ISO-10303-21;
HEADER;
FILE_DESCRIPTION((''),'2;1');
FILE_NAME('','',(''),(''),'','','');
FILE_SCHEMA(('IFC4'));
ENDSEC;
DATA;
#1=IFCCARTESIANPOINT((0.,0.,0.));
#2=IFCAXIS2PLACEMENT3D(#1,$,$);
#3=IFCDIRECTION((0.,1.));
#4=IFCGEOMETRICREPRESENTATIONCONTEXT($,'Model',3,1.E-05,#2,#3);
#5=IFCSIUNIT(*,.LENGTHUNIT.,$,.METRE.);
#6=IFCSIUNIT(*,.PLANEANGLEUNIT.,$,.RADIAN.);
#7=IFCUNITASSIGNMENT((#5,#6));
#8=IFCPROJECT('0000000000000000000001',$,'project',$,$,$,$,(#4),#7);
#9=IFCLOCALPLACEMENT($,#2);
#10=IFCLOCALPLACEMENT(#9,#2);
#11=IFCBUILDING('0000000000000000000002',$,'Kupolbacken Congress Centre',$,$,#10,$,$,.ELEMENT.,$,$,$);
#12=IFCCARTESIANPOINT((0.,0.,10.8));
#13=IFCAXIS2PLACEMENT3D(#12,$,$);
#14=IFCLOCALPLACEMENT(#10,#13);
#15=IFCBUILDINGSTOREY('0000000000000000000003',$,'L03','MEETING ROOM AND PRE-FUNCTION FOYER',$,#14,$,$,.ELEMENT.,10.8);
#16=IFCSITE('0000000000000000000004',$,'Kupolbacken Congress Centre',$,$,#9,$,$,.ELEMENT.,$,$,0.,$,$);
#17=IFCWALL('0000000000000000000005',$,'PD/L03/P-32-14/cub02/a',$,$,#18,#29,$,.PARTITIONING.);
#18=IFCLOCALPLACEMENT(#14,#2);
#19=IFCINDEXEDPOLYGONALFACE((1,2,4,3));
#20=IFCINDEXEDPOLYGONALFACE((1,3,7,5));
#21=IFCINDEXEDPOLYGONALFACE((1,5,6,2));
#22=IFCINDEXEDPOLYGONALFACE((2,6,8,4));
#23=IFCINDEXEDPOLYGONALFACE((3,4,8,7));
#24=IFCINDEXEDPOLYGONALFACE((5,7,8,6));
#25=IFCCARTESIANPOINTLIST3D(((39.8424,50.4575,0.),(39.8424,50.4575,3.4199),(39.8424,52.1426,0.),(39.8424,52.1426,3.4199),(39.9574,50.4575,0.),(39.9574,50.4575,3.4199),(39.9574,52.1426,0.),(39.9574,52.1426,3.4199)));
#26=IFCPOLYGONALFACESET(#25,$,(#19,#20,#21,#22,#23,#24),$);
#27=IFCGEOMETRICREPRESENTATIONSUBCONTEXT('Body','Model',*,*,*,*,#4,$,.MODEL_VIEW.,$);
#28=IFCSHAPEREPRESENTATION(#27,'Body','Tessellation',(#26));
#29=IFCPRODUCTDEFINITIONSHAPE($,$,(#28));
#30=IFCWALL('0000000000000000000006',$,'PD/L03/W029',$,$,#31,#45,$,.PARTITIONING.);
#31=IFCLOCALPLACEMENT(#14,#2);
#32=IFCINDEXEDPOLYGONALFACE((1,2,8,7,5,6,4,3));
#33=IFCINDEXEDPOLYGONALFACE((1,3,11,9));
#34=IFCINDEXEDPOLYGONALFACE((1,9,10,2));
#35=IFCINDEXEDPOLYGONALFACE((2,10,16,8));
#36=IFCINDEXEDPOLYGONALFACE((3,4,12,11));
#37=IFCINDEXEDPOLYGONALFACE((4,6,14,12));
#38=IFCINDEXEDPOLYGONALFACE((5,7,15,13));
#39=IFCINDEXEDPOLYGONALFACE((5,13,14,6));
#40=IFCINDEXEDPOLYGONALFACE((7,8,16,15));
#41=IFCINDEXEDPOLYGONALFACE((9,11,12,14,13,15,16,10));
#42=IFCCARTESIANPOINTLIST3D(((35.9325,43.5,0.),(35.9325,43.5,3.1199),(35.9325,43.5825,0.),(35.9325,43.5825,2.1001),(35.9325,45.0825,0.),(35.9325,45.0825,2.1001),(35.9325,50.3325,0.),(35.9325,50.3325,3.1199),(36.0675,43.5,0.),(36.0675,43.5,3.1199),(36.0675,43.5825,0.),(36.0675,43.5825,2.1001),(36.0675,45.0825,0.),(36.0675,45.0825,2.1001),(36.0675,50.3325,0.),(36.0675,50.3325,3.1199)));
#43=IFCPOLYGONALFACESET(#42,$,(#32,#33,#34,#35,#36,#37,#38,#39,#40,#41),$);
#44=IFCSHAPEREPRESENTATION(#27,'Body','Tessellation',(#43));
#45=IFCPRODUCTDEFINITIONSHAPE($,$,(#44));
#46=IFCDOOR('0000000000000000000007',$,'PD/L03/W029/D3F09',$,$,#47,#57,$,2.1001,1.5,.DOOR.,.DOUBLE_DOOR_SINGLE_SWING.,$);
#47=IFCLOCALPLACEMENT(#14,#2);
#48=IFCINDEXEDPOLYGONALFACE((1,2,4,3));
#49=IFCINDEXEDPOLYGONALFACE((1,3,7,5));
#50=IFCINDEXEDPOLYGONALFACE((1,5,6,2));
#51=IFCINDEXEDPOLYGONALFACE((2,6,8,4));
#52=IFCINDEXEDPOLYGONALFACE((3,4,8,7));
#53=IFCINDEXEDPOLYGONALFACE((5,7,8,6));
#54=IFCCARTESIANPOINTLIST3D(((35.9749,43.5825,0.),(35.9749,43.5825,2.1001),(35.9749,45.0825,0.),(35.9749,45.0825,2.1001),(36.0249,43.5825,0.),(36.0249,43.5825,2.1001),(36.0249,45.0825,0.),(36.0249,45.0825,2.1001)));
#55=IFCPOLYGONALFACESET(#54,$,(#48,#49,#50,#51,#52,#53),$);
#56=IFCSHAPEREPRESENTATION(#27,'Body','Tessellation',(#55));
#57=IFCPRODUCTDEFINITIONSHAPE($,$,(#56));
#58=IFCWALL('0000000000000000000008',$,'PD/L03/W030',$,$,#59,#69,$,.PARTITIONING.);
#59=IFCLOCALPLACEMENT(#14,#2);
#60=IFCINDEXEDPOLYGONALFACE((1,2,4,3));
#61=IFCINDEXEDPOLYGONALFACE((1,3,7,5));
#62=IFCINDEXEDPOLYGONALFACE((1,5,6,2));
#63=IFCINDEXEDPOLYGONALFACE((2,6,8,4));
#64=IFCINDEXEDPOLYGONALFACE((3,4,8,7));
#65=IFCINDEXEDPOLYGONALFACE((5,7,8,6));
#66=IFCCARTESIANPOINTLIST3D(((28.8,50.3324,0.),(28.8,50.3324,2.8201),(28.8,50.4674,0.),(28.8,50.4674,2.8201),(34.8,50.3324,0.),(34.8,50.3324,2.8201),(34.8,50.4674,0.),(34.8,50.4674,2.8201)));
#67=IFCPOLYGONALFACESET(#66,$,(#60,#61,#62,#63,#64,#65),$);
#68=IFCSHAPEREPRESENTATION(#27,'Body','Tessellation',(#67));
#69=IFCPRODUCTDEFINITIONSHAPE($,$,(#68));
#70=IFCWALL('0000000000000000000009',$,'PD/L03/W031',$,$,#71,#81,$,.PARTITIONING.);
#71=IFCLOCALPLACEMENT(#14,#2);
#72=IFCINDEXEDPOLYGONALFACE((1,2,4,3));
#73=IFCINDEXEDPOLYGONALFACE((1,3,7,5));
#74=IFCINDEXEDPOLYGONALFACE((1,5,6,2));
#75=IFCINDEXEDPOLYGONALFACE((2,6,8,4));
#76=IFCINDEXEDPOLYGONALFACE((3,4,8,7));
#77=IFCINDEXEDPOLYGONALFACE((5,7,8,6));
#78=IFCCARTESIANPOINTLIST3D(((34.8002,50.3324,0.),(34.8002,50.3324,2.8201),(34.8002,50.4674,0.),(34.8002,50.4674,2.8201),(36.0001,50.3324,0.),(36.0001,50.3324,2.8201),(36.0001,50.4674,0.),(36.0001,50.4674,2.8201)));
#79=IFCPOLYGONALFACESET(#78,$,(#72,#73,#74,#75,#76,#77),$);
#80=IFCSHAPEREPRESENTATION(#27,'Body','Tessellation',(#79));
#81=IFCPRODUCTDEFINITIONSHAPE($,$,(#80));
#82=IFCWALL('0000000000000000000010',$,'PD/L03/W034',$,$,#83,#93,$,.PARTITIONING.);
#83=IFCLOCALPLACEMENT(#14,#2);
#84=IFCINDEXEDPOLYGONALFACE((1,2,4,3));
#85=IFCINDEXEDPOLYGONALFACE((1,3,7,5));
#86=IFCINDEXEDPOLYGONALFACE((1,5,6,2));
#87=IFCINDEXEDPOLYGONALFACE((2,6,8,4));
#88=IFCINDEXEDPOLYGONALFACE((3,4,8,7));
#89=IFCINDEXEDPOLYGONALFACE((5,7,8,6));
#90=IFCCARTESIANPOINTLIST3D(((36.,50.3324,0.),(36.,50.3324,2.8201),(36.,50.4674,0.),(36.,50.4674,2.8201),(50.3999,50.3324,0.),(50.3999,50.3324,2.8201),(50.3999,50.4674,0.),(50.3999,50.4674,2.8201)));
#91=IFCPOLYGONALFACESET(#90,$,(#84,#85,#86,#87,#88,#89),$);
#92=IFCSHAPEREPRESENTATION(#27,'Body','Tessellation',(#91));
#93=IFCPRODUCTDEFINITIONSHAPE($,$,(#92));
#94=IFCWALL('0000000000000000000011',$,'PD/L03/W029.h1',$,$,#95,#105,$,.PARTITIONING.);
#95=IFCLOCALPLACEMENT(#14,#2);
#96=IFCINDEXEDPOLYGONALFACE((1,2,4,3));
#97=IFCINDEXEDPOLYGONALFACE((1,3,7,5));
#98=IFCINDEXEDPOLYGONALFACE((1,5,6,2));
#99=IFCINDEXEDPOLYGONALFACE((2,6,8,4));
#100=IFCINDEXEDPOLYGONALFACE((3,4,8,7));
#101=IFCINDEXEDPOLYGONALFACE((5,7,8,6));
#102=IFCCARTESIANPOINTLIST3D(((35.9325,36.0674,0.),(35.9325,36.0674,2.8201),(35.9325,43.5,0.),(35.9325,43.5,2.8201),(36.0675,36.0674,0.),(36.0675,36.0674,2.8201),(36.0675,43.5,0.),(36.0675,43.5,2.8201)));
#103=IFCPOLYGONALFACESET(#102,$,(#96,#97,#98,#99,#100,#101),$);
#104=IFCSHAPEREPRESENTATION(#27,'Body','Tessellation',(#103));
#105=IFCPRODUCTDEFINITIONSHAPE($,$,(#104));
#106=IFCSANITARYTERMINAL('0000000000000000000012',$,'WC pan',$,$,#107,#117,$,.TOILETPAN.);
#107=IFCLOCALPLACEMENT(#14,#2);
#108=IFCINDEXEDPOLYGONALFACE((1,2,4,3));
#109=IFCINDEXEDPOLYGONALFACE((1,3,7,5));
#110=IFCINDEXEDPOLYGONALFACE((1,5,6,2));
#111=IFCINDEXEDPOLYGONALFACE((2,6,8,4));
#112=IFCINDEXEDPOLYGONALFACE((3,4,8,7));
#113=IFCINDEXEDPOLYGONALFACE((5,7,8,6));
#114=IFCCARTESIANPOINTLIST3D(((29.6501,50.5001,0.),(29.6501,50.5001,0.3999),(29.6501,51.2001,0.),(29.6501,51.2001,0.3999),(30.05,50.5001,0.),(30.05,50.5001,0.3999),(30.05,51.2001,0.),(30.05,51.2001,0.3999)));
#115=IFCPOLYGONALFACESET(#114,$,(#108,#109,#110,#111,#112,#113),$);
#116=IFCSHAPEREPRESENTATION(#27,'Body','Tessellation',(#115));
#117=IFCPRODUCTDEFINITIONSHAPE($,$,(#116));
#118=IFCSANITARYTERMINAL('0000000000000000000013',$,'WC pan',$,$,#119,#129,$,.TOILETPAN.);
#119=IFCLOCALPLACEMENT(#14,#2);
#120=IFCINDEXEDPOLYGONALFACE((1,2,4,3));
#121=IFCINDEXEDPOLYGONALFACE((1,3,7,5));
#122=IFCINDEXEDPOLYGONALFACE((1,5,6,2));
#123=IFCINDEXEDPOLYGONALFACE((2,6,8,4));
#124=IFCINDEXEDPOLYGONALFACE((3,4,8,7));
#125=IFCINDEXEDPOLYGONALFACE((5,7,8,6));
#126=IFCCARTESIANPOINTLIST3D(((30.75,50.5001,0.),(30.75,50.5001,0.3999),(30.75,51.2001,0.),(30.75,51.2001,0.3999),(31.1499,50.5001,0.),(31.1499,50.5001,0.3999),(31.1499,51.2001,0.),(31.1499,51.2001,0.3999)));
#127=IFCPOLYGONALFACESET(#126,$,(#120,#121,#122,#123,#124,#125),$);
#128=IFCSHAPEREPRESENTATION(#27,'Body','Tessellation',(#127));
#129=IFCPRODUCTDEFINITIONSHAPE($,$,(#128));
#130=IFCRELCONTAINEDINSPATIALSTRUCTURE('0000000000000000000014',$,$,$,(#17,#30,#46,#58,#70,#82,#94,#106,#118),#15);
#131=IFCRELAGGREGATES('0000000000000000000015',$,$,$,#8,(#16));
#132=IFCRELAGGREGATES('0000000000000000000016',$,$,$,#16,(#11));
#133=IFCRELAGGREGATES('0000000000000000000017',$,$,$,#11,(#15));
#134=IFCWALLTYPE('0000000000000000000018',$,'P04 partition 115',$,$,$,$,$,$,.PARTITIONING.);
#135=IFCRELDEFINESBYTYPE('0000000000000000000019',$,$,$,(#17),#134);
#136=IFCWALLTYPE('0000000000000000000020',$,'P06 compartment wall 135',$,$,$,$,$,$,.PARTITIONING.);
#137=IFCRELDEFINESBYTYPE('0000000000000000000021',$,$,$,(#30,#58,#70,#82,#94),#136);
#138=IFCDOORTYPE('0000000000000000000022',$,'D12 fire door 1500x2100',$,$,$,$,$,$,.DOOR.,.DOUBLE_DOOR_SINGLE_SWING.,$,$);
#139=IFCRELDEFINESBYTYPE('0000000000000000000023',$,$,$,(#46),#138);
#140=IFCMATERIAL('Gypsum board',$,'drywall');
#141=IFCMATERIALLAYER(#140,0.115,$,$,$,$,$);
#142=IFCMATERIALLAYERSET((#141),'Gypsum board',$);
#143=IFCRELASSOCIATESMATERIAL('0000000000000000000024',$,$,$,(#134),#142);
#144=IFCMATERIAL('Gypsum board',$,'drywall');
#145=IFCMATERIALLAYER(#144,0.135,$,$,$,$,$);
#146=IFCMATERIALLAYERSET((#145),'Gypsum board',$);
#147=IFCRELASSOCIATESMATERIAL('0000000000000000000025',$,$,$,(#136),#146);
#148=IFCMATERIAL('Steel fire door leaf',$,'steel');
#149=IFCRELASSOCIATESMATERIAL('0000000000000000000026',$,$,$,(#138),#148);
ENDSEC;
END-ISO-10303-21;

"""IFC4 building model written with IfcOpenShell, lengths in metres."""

from ifc_helpers import new_model, si_unit, direction, frame, frame_2d, origin, origin_2d, place, context, subcontext, project, spatial, rectangle, extrude, material, layer, layer_set, type_object, element, fill, save


model = new_model("IFC4")

# Units and contexts
model_context = context("Model", 3, precision=1e-05, world=origin(), true_north=direction((0.0, 1.0)))
body_context = subcontext(model_context, "Body", "Model", "MODEL_VIEW")
ifc_project = project(units=[si_unit("LENGTHUNIT", "METRE"), si_unit("PLANEANGLEUNIT", "RADIAN")], contexts=[model_context])

# Site, building, storey
site_placement = place(None, origin())
site = spatial("IfcSite", under=ifc_project, at=site_placement, Name="Kupolbacken Congress Centre", CompositionType="ELEMENT", RefElevation=0.0)
building_placement = place(site_placement, origin())
building = spatial("IfcBuilding", under=site, at=building_placement, Name="Kupolbacken Congress Centre", CompositionType="ELEMENT")
storey_placement = place(building_placement, frame((0.0, 0.0, 10.8)))
storey = spatial("IfcBuildingStorey", under=building, at=storey_placement, Name="L03", Description="MEETING ROOM AND PRE-FUNCTION FOYER", CompositionType="ELEMENT", Elevation=10.8)

# Wall
ifc_material_1 = material(Name="Gypsum board", Category="drywall")
ifc_layer_1 = layer(ifc_material_1, 0.115)
ifc_layer_set_1 = layer_set([ifc_layer_1], Name="Gypsum board")
wall_type_1 = type_object("IfcWallType", Name="P04 partition 115", PredefinedType="PARTITIONING", material=ifc_layer_set_1)
for number, where, z_axis, x_axis, name in (
    (1, (39.8999, 50.4575, 0.0), (0.0, 0.0, 1.0), (0.0, 1.0, 0.0), "PD/L03/P-32-14/cub02/a"),
):
    element("IfcWall", number, at=place(storey_placement, frame(where, z_axis=z_axis, x_axis=x_axis)), inside=storey, type_object=wall_type_1, Name=name, PredefinedType="PARTITIONING", context=body_context, shape_type="SweptSolid", body=[
        extrude(rectangle(XDim=1.6851, YDim=0.115, at=frame_2d((0.8425, 0.0))), origin(), (0.0, 0.0, 1.0), 3.4199),
    ])

# Wall, opening, door
ifc_material_2 = material(Name="Gypsum board", Category="drywall")
ifc_layer_2 = layer(ifc_material_2, 0.135)
ifc_layer_set_2 = layer_set([ifc_layer_2], Name="Gypsum board")
wall_type_2 = type_object("IfcWallType", Name="P06 compartment wall 135", PredefinedType="PARTITIONING", material=ifc_layer_set_2)
wall_1_placement = place(storey_placement, frame((36.0, 50.3325, 0.0), z_axis=(0.0, 0.0, 1.0), x_axis=(0.0, -1.0, 0.0)))
wall_1 = element("IfcWall", 2, at=wall_1_placement, inside=storey, type_object=wall_type_2, Name="PD/L03/W029", PredefinedType="PARTITIONING", context=body_context, shape_type="SweptSolid", body=[
    extrude(rectangle(XDim=6.8325, YDim=0.135, at=frame_2d((3.4163, 0.0))), origin(), (0.0, 0.0, 1.0), 3.1199),
])
opening_placement = place(wall_1_placement, frame((5.25, 0.0, 0.0)))
opening = element("IfcOpeningElement", 3, at=opening_placement, cuts=wall_1, PredefinedType="OPENING", context=body_context, shape_type="SweptSolid", body=[
    extrude(rectangle(XDim=1.5, YDim=2.1001, at=frame_2d((0.75, 1.05))), frame((0.0, 0.0774, 0.0), z_axis=(0.0, -1.0, 0.0), x_axis=(1.0, 0.0, 0.0)), (0.0, 0.0, 1.0), 0.155),
])
ifc_material_3 = material(Name="Steel fire door leaf", Category="steel")
door_type = type_object("IfcDoorType", Name="D12 fire door 1500x2100", OperationType="DOUBLE_DOOR_SINGLE_SWING", PredefinedType="DOOR", material=ifc_material_3)
door_placement = place(opening_placement, origin())
door = element("IfcDoor", 4, at=door_placement, inside=storey, type_object=door_type, Name="PD/L03/W029/D3F09", OperationType="DOUBLE_DOOR_SINGLE_SWING", OverallHeight=2.1001, OverallWidth=1.5, PredefinedType="DOOR", context=body_context, shape_type="SweptSolid", body=[
    extrude(rectangle(XDim=1.5, YDim=2.1001, at=frame_2d((0.75, 1.05))), frame((0.0, 0.0249, 0.0), z_axis=(0.0, -1.0, 0.0), x_axis=(1.0, 0.0, 0.0)), (0.0, 0.0, 1.0), 0.05),
])
fill(opening, door)

# Walls
wall_2_placement = place(storey_placement, frame((28.8, 50.3999, 0.0), z_axis=(0.0, 0.0, 1.0), x_axis=(1.0, 0.0, 0.0)))
element("IfcWall", 5, at=wall_2_placement, inside=storey, type_object=wall_type_2, Name="PD/L03/W030", PredefinedType="PARTITIONING", context=body_context, shape_type="SweptSolid", body=[
    extrude(rectangle(XDim=6.0, YDim=0.135, at=frame_2d((3.0, 0.0))), origin(), (0.0, 0.0, 1.0), 2.8201),
])
wall_3_placement = place(storey_placement, frame((34.8, 50.3999, 0.0), z_axis=(0.0, 0.0, 1.0), x_axis=(1.0, 0.0, 0.0)))
element("IfcWall", 6, at=wall_3_placement, inside=storey, type_object=wall_type_2, Name="PD/L03/W031", PredefinedType="PARTITIONING", context=body_context, shape_type="SweptSolid", body=[
    extrude(rectangle(XDim=1.2, YDim=0.135, at=frame_2d((0.6001, 0.0))), origin(), (0.0, 0.0, 1.0), 2.8201),
])
wall_4_placement = place(storey_placement, frame((36.0, 50.3999, 0.0), z_axis=(0.0, 0.0, 1.0), x_axis=(1.0, 0.0, 0.0)))
element("IfcWall", 7, at=wall_4_placement, inside=storey, type_object=wall_type_2, Name="PD/L03/W034", PredefinedType="PARTITIONING", context=body_context, shape_type="SweptSolid", body=[
    extrude(rectangle(XDim=14.3999, YDim=0.135, at=frame_2d((7.2, 0.0))), origin(), (0.0, 0.0, 1.0), 2.8201),
])
wall_5_placement = place(storey_placement, frame((36.0, 43.5, 0.0), z_axis=(0.0, 0.0, 1.0), x_axis=(0.0, -1.0, 0.0)))
element("IfcWall", 8, at=wall_5_placement, inside=storey, type_object=wall_type_2, Name="PD/L03/W029.h1", PredefinedType="PARTITIONING", context=body_context, shape_type="SweptSolid", body=[
    extrude(rectangle(XDim=7.4326, YDim=0.135, at=frame_2d((3.7163, 0.0))), origin(), (0.0, 0.0, 1.0), 2.8201),
])

# Sanitary terminals
for number, where, z_axis, x_axis, name in (
    (9, (29.8501, 50.8501, 0.0), (0.0, 0.0, 1.0), (1.0, 0.0, 0.0), "WC pan"),
    (10, (30.95, 50.8501, 0.0), (0.0, 0.0, 1.0), (1.0, 0.0, 0.0), "WC pan"),
):
    element("IfcSanitaryTerminal", number, at=place(storey_placement, frame(where, z_axis=z_axis, x_axis=x_axis)), inside=storey, Name=name, PredefinedType="TOILETPAN", context=body_context, shape_type="SweptSolid", body=[
        extrude(rectangle(XDim=0.3999, YDim=0.7, at=origin_2d()), origin(), (0.0, 0.0, 1.0), 0.3999),
    ])

save(model, "model.ifc")
